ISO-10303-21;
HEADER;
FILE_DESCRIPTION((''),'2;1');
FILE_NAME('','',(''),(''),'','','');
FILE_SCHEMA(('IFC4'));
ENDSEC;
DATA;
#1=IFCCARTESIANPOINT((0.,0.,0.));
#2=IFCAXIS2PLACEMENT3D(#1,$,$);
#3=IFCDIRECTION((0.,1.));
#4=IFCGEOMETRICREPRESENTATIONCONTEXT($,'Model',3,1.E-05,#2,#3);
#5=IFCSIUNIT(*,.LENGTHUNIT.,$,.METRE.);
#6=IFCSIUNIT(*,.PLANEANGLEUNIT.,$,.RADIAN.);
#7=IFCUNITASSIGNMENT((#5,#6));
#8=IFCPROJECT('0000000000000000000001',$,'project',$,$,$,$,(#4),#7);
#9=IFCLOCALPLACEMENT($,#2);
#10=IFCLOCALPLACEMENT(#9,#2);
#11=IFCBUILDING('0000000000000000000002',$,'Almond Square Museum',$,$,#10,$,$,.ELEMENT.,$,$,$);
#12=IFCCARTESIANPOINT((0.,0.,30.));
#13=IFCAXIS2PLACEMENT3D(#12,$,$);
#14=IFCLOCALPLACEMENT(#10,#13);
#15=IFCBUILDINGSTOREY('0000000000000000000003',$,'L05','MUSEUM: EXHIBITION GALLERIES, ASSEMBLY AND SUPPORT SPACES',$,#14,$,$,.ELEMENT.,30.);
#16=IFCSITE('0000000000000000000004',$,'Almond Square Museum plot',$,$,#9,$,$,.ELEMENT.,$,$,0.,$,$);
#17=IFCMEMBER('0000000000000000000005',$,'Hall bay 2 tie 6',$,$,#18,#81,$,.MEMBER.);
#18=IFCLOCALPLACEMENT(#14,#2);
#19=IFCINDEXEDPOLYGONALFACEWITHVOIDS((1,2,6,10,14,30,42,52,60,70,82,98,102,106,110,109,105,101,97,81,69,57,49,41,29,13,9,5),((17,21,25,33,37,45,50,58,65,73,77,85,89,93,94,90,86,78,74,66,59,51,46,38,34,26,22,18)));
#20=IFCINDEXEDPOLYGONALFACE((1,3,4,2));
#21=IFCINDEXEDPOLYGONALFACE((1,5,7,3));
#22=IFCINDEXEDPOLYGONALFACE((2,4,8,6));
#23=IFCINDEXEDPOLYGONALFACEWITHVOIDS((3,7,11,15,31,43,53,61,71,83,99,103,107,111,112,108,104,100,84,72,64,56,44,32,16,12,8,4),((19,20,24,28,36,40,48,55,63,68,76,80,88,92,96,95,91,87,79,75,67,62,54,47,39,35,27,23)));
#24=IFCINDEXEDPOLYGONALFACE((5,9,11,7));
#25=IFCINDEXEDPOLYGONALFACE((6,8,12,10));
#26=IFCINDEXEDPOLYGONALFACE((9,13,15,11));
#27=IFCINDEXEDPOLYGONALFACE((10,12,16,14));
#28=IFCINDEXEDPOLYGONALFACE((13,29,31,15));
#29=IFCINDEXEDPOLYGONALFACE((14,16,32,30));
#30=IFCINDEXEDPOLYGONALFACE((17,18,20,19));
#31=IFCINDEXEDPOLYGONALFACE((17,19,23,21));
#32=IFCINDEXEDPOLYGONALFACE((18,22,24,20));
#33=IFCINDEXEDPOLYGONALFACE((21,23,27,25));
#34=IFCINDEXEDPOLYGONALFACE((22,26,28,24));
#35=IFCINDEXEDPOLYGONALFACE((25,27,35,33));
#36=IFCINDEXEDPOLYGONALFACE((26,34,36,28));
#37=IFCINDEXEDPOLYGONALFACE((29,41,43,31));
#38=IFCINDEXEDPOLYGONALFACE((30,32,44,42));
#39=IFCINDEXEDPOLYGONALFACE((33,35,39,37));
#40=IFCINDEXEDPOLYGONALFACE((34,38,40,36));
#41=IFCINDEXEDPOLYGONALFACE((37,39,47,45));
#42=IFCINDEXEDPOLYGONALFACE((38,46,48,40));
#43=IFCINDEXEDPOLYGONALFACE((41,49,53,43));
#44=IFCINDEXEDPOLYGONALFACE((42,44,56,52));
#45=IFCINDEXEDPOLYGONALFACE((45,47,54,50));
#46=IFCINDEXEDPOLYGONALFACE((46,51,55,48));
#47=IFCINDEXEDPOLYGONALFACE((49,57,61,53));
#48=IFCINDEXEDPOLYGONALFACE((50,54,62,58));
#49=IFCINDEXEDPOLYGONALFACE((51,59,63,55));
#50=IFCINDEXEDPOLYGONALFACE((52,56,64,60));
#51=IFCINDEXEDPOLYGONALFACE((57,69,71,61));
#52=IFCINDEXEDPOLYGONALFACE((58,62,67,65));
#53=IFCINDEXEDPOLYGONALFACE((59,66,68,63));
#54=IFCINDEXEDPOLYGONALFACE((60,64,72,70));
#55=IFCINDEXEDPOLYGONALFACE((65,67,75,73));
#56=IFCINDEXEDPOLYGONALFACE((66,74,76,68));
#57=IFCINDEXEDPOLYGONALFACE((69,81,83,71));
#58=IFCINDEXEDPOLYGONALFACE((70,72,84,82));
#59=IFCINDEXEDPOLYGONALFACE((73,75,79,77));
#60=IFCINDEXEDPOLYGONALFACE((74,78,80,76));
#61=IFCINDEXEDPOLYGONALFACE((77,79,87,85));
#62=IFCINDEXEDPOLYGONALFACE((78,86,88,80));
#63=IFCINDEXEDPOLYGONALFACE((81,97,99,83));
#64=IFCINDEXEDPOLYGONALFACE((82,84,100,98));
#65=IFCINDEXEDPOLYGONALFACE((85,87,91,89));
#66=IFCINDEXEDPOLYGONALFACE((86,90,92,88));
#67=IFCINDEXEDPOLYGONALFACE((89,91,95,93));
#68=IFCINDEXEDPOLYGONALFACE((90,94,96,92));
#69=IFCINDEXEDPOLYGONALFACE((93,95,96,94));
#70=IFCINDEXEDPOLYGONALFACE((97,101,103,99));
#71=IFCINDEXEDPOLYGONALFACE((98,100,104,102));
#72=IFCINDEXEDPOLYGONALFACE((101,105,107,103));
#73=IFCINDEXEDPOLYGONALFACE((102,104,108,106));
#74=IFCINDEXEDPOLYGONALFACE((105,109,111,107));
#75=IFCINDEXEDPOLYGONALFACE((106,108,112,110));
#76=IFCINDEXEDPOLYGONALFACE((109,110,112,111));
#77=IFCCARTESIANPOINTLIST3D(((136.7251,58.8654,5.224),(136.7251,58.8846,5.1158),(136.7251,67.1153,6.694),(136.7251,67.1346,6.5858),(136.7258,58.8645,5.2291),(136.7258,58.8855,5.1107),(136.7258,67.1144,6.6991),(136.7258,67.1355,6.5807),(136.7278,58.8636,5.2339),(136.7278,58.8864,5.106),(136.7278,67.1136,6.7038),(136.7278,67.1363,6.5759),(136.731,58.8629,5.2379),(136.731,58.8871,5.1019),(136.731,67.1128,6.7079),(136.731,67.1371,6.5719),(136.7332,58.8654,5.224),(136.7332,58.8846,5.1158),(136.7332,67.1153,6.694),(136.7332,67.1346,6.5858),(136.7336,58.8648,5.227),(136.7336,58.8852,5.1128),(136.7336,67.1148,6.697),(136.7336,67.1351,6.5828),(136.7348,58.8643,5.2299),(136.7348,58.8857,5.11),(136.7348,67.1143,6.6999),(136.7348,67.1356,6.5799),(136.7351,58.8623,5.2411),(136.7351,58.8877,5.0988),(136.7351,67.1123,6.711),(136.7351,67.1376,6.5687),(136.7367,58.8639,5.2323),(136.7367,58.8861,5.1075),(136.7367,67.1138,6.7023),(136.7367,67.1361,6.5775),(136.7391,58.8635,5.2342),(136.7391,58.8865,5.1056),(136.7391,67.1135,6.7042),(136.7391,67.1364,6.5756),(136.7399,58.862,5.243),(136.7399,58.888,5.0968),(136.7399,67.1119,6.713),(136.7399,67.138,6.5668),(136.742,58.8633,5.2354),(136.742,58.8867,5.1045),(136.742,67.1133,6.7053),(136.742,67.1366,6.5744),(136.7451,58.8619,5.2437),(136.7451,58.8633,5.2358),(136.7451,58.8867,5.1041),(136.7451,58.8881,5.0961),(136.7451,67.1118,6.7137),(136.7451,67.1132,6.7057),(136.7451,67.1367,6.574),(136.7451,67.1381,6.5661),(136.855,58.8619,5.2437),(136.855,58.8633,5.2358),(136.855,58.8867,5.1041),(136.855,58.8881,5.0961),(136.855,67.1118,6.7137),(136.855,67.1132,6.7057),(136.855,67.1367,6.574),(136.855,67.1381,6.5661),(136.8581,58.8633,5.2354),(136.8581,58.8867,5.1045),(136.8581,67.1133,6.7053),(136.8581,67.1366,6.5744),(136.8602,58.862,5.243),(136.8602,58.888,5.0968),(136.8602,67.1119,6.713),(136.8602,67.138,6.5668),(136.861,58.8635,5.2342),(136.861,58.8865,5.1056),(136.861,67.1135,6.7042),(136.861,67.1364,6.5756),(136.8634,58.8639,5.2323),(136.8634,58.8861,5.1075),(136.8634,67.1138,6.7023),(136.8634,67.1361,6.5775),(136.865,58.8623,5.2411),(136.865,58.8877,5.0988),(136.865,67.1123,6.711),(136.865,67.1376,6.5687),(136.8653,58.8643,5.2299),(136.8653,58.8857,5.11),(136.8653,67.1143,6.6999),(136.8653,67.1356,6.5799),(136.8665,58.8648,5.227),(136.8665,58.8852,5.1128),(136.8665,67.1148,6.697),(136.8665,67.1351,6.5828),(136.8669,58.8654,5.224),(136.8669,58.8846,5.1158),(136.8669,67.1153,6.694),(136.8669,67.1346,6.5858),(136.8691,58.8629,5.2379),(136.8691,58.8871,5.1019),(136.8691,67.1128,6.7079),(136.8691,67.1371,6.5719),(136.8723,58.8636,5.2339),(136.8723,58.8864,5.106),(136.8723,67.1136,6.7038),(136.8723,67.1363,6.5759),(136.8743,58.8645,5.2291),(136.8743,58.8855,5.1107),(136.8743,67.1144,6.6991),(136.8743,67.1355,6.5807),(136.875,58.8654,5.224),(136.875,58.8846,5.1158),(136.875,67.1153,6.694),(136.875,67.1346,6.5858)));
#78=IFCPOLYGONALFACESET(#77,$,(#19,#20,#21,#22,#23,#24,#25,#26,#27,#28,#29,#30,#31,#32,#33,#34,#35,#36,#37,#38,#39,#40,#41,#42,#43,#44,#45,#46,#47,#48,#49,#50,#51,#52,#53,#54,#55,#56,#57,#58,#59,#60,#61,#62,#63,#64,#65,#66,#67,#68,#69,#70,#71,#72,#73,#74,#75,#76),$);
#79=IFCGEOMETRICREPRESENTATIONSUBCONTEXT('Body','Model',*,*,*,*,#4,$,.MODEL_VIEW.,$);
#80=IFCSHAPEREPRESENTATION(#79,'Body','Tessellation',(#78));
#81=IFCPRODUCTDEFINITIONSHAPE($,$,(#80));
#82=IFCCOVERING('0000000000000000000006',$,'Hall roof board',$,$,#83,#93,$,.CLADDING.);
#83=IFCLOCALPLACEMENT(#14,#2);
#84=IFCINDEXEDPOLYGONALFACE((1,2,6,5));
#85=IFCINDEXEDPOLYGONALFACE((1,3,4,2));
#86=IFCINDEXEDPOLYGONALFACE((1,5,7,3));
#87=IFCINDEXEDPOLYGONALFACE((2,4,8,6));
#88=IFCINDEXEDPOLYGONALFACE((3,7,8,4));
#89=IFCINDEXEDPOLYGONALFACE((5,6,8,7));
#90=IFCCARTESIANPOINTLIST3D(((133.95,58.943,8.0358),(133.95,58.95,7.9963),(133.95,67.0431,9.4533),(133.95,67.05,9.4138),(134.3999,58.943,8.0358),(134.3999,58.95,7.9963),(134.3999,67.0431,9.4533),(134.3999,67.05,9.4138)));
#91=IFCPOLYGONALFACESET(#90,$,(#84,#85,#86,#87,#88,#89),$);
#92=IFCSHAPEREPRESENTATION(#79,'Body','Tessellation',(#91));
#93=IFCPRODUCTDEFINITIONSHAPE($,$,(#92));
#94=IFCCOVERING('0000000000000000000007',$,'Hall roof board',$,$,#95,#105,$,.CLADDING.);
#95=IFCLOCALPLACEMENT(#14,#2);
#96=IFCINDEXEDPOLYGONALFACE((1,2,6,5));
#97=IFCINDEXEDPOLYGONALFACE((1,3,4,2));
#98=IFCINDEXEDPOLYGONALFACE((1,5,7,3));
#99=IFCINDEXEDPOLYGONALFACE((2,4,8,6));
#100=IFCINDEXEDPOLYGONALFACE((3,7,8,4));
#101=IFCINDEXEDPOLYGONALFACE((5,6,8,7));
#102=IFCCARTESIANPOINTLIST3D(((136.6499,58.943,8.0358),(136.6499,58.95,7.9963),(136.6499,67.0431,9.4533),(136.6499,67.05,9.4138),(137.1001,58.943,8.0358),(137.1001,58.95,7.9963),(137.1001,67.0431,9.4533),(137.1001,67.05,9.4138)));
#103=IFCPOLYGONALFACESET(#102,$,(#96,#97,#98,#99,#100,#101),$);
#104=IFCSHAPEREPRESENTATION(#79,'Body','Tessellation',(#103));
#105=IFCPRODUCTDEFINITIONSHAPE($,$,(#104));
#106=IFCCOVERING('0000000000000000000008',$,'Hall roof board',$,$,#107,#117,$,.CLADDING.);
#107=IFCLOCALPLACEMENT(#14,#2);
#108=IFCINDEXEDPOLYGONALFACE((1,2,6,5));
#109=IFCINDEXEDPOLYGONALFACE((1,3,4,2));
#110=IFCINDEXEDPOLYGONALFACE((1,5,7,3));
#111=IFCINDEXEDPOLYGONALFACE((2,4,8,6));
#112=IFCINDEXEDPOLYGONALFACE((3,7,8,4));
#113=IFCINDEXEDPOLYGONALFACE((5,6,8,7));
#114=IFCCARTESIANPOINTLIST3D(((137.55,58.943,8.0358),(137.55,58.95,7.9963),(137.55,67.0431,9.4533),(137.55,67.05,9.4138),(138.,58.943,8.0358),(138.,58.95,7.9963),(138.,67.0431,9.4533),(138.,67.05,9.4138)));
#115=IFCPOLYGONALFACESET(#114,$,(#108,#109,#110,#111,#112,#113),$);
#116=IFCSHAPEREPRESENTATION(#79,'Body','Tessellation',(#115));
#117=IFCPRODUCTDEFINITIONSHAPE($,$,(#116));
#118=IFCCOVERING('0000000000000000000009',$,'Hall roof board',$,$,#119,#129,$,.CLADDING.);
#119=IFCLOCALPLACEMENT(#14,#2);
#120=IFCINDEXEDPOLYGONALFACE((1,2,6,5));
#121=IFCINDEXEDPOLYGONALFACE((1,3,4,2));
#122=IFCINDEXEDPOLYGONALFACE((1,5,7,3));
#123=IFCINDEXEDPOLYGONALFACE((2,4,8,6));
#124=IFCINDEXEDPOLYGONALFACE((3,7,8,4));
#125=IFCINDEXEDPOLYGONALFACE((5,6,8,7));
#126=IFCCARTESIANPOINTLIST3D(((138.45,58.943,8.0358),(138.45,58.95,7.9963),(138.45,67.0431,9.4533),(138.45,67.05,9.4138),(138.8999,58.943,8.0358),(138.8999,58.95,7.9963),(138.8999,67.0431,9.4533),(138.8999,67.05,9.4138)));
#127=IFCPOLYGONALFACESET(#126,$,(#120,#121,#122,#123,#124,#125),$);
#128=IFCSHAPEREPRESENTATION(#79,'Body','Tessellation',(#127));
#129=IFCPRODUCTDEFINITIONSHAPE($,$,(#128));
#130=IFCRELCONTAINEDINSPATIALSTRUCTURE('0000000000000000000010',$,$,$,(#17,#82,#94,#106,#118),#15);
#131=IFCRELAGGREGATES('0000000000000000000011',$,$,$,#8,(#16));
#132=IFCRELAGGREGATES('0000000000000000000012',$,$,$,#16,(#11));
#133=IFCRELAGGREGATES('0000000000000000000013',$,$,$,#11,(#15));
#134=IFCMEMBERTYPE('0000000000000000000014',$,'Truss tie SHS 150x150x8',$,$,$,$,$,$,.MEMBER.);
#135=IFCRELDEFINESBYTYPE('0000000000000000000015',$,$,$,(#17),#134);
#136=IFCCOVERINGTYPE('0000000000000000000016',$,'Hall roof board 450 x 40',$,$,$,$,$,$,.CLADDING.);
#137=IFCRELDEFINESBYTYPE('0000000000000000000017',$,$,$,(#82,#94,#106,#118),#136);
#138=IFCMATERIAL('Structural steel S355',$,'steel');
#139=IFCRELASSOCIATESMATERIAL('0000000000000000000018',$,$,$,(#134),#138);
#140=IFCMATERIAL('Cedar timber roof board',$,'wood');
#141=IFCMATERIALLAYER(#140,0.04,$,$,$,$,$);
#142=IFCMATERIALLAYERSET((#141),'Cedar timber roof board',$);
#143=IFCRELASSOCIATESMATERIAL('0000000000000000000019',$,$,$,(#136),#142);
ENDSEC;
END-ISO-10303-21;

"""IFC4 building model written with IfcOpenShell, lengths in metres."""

from ifc_helpers import new_model, si_unit, direction, frame, origin, origin_2d, place, context, subcontext, project, spatial, polyline, hollow_rectangle, outline, extrude, material, layer, layer_set, material_profile, profile_set, type_object, element, save


model = new_model("IFC4")

# Units and contexts
model_context = context("Model", 3, precision=1e-05, world=origin(), true_north=direction((0.0, 1.0)))
body_context = subcontext(model_context, "Body", "Model", "MODEL_VIEW")
ifc_project = project(units=[si_unit("LENGTHUNIT", "METRE"), si_unit("PLANEANGLEUNIT", "RADIAN")], contexts=[model_context])

# Site, building, storey
site_placement = place(None, origin())
site = spatial("IfcSite", under=ifc_project, at=site_placement, Name="Almond Square Museum plot", CompositionType="ELEMENT", RefElevation=0.0)
building_placement = place(site_placement, origin())
building = spatial("IfcBuilding", under=site, at=building_placement, Name="Almond Square Museum", CompositionType="ELEMENT")
storey_placement = place(building_placement, frame((0.0, 0.0, 30.0)))
storey = spatial("IfcBuildingStorey", under=building, at=storey_placement, Name="L05", Description="MUSEUM: EXHIBITION GALLERIES, ASSEMBLY AND SUPPORT SPACES", CompositionType="ELEMENT", Elevation=30.0)

# Member
ifc_material_1 = material(Name="Structural steel S355", Category="steel")
ifc_material_profile_1 = material_profile(ifc_material_1, hollow_rectangle(XDim=0.1499, YDim=0.1499, WallThickness=0.0081, InnerFilletRadius=0.012, OuterFilletRadius=0.02, at=origin_2d()))
ifc_profile_set_1 = profile_set([ifc_material_profile_1], Name="Structural steel S355")
member_type_1 = type_object("IfcMemberType", Name="Truss tie SHS 150x150x8", PredefinedType="MEMBER", material=ifc_profile_set_1)
member_1_placement = place(storey_placement, frame((136.8, 58.875, 5.1699), z_axis=(0.0, 0.984494, 0.175416), x_axis=(-1.0, 0.0, 0.0)))
element("IfcMember", 1, at=member_1_placement, inside=storey, type_object=member_type_1, Name="Hall bay 2 tie 6", PredefinedType="MEMBER", context=body_context, shape_type="SweptSolid", body=[
    extrude(hollow_rectangle(XDim=0.1499, YDim=0.1499, WallThickness=0.0081, InnerFilletRadius=0.012, OuterFilletRadius=0.02, at=origin_2d()), origin(), (0.0, 0.0, 1.0), 8.3799),
])

# Coverings
ifc_material_2 = material(Name="Cedar timber roof board", Category="wood")
ifc_layer = layer(ifc_material_2, 0.04)
ifc_layer_set = layer_set([ifc_layer], Name="Cedar timber roof board")
covering_type = type_object("IfcCoveringType", Name="Hall roof board 450 x 40", PredefinedType="CLADDING", material=ifc_layer_set)
covering_1_placement = place(storey_placement, frame((134.3999, 67.05, 9.4138), z_axis=(0.0, -0.172376, 0.985031), x_axis=(-1.0, 0.0, 0.0)))
element("IfcCovering", 2, at=covering_1_placement, inside=storey, type_object=covering_type, Name="Hall roof board", PredefinedType="CLADDING", context=body_context, shape_type="SweptSolid", body=[
    extrude(outline(polyline([(0.0, 0.0), (0.45, 0.0), (0.45, 8.2232), (0.0, 8.2232), (0.0, 0.0)])), origin(), (0.0, 0.0, 1.0), 0.04),
])
covering_2_placement = place(storey_placement, frame((137.1001, 67.05, 9.4138), z_axis=(0.0, -0.172376, 0.985031), x_axis=(-1.0, 0.0, 0.0)))
element("IfcCovering", 3, at=covering_2_placement, inside=storey, type_object=covering_type, Name="Hall roof board", PredefinedType="CLADDING", context=body_context, shape_type="SweptSolid", body=[
    extrude(outline(polyline([(0.0, 0.0), (0.4502, 0.0), (0.4502, 8.2232), (0.0, 8.2232), (0.0, 0.0)])), origin(), (0.0, 0.0, 1.0), 0.04),
])
for number, where, z_axis, x_axis, name in (
    (4, (138.0, 67.05, 9.4138), (0.0, -0.172376, 0.985031), (-1.0, 0.0, 0.0), "Hall roof board"),
    (5, (138.8999, 67.05, 9.4138), (0.0, -0.172376, 0.985031), (-1.0, 0.0, 0.0), "Hall roof board"),
):
    element("IfcCovering", number, at=place(storey_placement, frame(where, z_axis=z_axis, x_axis=x_axis)), inside=storey, type_object=covering_type, Name=name, PredefinedType="CLADDING", context=body_context, shape_type="SweptSolid", body=[
        extrude(outline(polyline([(0.0, 0.0), (0.45, 0.0), (0.45, 8.2232), (0.0, 8.2232), (0.0, 0.0)])), origin(), (0.0, 0.0, 1.0), 0.04),
    ])

save(model, "model.ifc")
